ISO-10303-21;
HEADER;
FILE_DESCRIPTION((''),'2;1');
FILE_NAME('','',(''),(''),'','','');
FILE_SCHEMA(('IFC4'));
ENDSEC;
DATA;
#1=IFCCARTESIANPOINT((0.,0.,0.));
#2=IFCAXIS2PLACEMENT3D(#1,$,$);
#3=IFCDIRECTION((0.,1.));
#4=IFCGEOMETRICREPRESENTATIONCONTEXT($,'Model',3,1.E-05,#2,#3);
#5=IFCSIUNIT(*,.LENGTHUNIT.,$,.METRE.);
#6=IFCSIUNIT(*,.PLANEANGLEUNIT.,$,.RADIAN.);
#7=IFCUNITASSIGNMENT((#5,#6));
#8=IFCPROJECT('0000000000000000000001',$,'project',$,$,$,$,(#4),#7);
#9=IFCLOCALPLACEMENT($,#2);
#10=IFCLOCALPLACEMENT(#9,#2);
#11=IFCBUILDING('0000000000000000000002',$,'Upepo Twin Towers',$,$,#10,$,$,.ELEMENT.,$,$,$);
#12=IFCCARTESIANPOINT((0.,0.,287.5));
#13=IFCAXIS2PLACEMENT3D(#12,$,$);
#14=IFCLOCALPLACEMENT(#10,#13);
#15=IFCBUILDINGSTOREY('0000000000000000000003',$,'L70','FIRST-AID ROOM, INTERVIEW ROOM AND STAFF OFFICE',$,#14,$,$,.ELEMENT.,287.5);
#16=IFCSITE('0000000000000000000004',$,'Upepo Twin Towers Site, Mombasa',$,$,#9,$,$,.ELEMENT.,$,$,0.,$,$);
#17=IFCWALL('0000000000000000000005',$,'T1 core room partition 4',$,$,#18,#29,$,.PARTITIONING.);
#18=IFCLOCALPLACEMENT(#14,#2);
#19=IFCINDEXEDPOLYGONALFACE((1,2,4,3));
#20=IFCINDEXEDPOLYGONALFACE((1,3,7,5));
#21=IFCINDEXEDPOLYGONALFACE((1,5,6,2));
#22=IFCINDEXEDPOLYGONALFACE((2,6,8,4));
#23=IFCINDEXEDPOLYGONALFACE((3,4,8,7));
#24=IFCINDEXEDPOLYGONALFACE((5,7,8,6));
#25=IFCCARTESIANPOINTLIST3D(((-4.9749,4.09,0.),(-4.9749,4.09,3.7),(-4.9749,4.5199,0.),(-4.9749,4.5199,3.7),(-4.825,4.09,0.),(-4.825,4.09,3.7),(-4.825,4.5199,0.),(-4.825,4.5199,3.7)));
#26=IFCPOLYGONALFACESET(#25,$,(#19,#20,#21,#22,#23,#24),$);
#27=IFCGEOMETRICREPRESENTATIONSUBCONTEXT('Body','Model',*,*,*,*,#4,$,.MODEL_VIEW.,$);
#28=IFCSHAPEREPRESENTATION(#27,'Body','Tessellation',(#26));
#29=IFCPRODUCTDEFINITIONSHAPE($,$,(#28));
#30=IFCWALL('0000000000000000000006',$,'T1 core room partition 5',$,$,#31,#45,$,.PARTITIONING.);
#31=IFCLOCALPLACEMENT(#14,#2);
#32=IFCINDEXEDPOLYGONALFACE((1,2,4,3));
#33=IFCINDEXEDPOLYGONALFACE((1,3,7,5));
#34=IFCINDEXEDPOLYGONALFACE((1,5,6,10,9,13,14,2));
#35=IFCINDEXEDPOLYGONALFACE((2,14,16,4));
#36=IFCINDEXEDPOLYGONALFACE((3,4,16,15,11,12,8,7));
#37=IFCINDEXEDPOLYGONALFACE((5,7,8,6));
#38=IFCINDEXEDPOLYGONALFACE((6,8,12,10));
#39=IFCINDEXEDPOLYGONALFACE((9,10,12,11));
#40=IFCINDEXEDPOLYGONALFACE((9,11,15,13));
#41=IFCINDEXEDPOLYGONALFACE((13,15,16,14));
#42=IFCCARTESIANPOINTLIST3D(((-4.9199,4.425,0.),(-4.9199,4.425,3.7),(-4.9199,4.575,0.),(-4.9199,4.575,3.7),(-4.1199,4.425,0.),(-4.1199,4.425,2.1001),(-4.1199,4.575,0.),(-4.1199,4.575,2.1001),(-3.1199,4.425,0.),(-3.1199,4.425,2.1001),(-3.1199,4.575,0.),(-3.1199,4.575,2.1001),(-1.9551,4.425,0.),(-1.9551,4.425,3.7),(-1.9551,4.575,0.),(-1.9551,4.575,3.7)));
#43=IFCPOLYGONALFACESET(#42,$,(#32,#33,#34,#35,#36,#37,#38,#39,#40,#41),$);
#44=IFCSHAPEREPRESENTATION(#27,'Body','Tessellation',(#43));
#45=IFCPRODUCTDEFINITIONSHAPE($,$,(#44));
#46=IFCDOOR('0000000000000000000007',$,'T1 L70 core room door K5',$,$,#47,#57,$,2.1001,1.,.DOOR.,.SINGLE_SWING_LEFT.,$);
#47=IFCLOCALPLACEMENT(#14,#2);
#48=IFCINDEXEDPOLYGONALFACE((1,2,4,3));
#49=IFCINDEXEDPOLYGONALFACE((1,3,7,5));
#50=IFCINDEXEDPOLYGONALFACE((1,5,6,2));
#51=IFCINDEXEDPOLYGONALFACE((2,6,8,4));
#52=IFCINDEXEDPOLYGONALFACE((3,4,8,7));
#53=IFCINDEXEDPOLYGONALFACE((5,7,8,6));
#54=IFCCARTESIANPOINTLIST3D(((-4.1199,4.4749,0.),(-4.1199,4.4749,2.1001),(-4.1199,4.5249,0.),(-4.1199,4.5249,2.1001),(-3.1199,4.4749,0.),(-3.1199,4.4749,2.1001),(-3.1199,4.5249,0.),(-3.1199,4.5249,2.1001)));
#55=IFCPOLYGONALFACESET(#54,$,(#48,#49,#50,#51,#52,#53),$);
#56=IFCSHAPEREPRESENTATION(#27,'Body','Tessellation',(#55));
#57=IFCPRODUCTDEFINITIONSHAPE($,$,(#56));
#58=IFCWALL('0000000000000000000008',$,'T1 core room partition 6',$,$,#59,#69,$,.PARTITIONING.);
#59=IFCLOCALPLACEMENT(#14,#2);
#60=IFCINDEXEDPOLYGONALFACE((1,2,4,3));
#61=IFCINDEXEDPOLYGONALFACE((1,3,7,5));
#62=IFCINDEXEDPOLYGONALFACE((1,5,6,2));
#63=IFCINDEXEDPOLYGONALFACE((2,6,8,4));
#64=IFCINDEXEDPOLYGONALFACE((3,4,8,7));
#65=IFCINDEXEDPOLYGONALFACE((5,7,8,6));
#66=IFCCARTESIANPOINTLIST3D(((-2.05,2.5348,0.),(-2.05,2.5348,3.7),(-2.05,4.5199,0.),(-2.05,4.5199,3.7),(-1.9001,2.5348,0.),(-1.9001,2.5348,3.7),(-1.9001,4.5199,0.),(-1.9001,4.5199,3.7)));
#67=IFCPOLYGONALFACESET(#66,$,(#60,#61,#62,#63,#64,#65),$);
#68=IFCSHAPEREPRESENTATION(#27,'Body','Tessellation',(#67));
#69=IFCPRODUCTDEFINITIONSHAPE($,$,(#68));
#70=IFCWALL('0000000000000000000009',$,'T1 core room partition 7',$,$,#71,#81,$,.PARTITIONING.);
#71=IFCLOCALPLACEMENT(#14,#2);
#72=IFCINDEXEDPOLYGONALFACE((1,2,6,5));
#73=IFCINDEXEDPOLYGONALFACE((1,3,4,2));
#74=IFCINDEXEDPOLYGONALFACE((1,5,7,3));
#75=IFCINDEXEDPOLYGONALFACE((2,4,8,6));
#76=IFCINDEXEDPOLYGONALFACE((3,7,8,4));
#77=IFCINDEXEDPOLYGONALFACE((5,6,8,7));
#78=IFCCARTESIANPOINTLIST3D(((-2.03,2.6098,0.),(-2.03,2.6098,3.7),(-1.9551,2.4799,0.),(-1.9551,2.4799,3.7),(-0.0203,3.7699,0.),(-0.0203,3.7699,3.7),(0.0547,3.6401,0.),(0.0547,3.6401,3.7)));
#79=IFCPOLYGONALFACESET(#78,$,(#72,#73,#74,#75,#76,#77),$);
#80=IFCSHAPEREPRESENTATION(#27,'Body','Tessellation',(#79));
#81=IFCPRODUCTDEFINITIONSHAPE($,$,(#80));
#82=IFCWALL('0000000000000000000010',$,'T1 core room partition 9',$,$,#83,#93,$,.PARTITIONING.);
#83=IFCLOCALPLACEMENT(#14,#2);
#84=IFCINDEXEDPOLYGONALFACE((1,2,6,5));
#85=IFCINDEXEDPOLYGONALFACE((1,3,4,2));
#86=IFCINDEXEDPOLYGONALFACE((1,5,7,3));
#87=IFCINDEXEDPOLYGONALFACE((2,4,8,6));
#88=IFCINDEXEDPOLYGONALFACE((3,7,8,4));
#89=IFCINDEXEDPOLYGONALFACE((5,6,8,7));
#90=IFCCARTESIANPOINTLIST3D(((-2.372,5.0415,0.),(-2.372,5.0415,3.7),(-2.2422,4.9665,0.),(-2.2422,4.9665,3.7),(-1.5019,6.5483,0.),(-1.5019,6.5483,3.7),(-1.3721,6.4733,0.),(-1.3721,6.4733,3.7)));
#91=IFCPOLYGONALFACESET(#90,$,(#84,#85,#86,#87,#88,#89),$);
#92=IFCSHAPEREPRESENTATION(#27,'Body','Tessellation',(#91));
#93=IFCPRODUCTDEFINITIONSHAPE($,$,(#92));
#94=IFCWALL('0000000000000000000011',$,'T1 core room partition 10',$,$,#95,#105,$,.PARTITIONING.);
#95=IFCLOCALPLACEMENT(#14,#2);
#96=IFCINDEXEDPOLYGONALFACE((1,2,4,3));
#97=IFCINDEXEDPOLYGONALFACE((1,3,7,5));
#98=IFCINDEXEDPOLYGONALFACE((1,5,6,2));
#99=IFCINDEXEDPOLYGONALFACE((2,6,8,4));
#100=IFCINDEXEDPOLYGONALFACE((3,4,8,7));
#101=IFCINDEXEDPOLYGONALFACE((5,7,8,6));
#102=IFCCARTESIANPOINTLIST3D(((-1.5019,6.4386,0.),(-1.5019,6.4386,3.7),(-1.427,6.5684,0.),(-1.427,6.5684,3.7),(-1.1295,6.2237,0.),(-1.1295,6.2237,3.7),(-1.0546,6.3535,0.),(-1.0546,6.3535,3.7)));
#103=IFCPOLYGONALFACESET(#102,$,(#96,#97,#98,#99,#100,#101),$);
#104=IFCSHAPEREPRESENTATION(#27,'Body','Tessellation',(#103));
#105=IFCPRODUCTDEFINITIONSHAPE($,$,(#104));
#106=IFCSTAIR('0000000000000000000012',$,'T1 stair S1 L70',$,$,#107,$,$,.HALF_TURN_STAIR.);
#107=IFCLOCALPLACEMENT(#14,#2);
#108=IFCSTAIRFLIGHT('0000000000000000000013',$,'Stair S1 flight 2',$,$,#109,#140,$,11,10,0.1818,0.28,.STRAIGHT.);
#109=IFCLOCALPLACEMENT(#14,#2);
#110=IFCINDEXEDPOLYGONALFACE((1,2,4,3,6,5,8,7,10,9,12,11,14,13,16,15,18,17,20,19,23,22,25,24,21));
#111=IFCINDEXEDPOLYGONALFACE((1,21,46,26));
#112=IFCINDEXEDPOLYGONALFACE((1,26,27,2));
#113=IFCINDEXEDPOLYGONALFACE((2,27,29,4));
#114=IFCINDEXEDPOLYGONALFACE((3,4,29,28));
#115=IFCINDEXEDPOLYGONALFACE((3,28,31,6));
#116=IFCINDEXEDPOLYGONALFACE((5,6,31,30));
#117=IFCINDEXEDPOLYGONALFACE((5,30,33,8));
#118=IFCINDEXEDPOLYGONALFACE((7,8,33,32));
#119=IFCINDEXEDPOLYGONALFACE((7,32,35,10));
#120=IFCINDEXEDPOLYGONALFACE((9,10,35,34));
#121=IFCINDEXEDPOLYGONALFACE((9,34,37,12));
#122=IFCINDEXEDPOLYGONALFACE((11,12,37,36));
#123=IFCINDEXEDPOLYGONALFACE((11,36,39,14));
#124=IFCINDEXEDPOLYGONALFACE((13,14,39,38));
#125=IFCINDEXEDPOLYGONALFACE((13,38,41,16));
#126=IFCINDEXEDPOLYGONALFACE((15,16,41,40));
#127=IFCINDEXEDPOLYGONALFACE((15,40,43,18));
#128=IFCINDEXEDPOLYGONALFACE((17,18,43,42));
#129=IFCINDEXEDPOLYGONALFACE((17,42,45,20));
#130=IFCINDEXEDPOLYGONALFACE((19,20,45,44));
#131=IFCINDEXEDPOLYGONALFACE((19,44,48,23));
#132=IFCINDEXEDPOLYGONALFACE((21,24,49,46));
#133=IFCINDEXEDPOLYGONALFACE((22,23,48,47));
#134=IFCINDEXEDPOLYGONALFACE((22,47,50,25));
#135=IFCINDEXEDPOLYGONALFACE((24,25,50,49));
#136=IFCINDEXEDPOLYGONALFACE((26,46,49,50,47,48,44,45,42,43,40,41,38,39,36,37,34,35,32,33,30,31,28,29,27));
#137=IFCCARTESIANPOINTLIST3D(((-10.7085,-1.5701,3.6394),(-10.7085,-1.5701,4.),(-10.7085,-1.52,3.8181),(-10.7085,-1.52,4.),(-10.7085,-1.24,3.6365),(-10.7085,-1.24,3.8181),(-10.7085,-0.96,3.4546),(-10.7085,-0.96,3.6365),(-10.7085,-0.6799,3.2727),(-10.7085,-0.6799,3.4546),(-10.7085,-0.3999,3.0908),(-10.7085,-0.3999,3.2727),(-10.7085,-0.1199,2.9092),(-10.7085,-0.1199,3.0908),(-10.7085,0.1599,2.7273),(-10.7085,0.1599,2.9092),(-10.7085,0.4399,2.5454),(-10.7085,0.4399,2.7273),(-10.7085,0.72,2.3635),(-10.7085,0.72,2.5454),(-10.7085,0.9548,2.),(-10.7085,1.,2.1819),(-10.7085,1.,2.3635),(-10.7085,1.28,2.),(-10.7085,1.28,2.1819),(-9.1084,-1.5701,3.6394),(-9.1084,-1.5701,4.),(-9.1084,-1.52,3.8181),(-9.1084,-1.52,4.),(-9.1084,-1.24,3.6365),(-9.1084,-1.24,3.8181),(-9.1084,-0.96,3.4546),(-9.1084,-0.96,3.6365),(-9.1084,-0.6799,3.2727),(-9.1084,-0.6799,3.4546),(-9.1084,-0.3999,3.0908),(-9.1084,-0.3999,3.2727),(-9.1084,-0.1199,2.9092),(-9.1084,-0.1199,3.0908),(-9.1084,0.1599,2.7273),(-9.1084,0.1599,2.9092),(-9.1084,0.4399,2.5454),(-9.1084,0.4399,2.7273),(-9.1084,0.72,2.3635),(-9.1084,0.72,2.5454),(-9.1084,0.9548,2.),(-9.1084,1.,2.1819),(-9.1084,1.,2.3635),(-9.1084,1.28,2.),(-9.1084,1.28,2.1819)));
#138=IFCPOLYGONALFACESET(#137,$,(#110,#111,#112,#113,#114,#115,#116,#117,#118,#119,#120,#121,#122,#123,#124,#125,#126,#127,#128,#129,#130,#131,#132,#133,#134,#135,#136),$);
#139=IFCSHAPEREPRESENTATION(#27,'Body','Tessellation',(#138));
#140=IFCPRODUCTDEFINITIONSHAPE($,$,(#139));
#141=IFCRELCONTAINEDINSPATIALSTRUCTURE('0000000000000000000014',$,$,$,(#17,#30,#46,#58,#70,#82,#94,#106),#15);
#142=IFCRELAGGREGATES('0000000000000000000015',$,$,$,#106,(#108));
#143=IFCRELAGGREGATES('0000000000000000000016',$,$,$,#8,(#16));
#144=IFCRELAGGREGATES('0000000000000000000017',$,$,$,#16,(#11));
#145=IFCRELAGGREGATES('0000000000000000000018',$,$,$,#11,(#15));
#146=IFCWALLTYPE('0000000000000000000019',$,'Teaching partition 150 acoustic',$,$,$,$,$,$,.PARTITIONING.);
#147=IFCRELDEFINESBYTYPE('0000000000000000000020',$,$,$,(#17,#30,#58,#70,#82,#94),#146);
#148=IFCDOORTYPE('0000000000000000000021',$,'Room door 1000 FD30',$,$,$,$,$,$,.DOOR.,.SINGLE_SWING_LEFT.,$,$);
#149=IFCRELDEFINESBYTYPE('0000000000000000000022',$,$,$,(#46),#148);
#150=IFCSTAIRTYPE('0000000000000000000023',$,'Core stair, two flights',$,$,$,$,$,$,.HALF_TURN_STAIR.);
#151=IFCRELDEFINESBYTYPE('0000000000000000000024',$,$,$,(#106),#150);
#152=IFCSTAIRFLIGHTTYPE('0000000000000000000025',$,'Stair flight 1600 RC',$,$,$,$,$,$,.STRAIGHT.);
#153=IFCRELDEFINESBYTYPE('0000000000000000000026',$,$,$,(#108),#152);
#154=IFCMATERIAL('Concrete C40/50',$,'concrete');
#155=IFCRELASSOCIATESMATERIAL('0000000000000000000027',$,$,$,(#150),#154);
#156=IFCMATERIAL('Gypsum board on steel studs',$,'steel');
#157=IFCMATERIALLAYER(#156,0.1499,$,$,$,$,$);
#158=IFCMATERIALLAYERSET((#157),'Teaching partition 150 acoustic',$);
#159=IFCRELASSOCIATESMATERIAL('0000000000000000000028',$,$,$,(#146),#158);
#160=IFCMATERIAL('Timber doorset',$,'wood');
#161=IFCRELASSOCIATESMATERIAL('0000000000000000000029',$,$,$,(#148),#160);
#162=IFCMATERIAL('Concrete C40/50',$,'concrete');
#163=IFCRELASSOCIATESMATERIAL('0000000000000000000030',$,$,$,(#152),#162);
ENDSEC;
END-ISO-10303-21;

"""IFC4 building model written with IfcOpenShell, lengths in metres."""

from ifc_helpers import new_model, si_unit, direction, frame, frame_2d, origin, place, context, subcontext, project, spatial, polyline, rectangle, outline, extrude, material, layer, layer_set, type_object, element, fill, aggregate, save


model = new_model("IFC4")

# Units and contexts
model_context = context("Model", 3, precision=1e-05, world=origin(), true_north=direction((0.0, 1.0)))
body_context = subcontext(model_context, "Body", "Model", "MODEL_VIEW")
ifc_project = project(units=[si_unit("LENGTHUNIT", "METRE"), si_unit("PLANEANGLEUNIT", "RADIAN")], contexts=[model_context])

# Site, building, storey
site_placement = place(None, origin())
site = spatial("IfcSite", under=ifc_project, at=site_placement, Name="Upepo Twin Towers Site, Mombasa", CompositionType="ELEMENT", RefElevation=0.0)
building_placement = place(site_placement, origin())
building = spatial("IfcBuilding", under=site, at=building_placement, Name="Upepo Twin Towers", CompositionType="ELEMENT")
storey_placement = place(building_placement, frame((0.0, 0.0, 287.5)))
storey = spatial("IfcBuildingStorey", under=building, at=storey_placement, Name="L70", Description="FIRST-AID ROOM, INTERVIEW ROOM AND STAFF OFFICE", CompositionType="ELEMENT", Elevation=287.5)

# Shared definitions
ifc_material_1 = material(Name="Concrete C40/50", Category="concrete")
stair_type = type_object("IfcStairType", Name="Core stair, two flights", PredefinedType="HALF_TURN_STAIR", material=ifc_material_1)

# Wall
ifc_material_2 = material(Name="Gypsum board on steel studs", Category="steel")
ifc_layer_1 = layer(ifc_material_2, 0.1499)
ifc_layer_set_1 = layer_set([ifc_layer_1], Name="Teaching partition 150 acoustic")
wall_type_1 = type_object("IfcWallType", Name="Teaching partition 150 acoustic", PredefinedType="PARTITIONING", material=ifc_layer_set_1)
wall_1_placement = place(storey_placement, frame((-4.8999, 4.0901, 0.0), z_axis=(0.0, 0.0, 1.0), x_axis=(0.0, 1.0, 0.0)))
element("IfcWall", 1, at=wall_1_placement, inside=storey, type_object=wall_type_1, Name="T1 core room partition 4", PredefinedType="PARTITIONING", context=body_context, shape_type="SweptSolid", body=[
    extrude(rectangle(XDim=0.4299, YDim=0.1499, at=frame_2d((0.2148, 0.0))), origin(), (0.0, 0.0, 1.0), 3.7),
])

# Wall, opening, door
wall_2_placement = place(storey_placement, frame((-4.9199, 4.5, 0.0), z_axis=(0.0, 0.0, 1.0), x_axis=(1.0, 0.0, 0.0)))
wall_2 = element("IfcWall", 2, at=wall_2_placement, inside=storey, type_object=wall_type_1, Name="T1 core room partition 5", PredefinedType="PARTITIONING", context=body_context, shape_type="SweptSolid", body=[
    extrude(rectangle(XDim=2.9648, YDim=0.1499, at=frame_2d((1.4824, 0.0))), origin(), (0.0, 0.0, 1.0), 3.7),
])
opening_1_placement = place(wall_2_placement, frame((0.8, 0.0, 0.0)))
opening_1 = element("IfcOpeningElement", 3, at=opening_1_placement, cuts=wall_2, PredefinedType="OPENING", context=body_context, shape_type="SweptSolid", body=[
    extrude(rectangle(XDim=1.0, YDim=2.1001, at=frame_2d((0.5, 1.05))), frame((0.0, 0.085, 0.0), z_axis=(0.0, -1.0, 0.0), x_axis=(1.0, 0.0, 0.0)), (0.0, 0.0, 1.0), 0.1699),
])
ifc_material_3 = material(Name="Timber doorset", Category="wood")
door_type_1 = type_object("IfcDoorType", Name="Room door 1000 FD30", OperationType="SINGLE_SWING_LEFT", PredefinedType="DOOR", material=ifc_material_3)
door_1_placement = place(opening_1_placement, origin())
door_1 = element("IfcDoor", 4, at=door_1_placement, inside=storey, type_object=door_type_1, Name="T1 L70 core room door K5", OperationType="SINGLE_SWING_LEFT", OverallHeight=2.1001, OverallWidth=1.0, PredefinedType="DOOR", context=body_context, shape_type="SweptSolid", body=[
    extrude(rectangle(XDim=1.0, YDim=2.1001, at=frame_2d((0.5, 1.05))), frame((0.0, 0.0249, 0.0), z_axis=(0.0, -1.0, 0.0), x_axis=(1.0, 0.0, 0.0)), (0.0, 0.0, 1.0), 0.05),
])
fill(opening_1, door_1)

# Walls
wall_3_placement = place(storey_placement, frame((-1.9751, 4.52, 0.0), z_axis=(0.0, 0.0, 1.0), x_axis=(0.0, -1.0, 0.0)))
element("IfcWall", 5, at=wall_3_placement, inside=storey, type_object=wall_type_1, Name="T1 core room partition 6", PredefinedType="PARTITIONING", context=body_context, shape_type="SweptSolid", body=[
    extrude(rectangle(XDim=1.9851, YDim=0.1499, at=frame_2d((0.9927, 0.0))), origin(), (0.0, 0.0, 1.0), 3.7),
])
wall_4_placement = place(storey_placement, frame((-1.9924, 2.5449, 0.0), z_axis=(0.0, 0.0, 1.0), x_axis=(0.866059, 0.499941, 0.0)))
element("IfcWall", 6, at=wall_4_placement, inside=storey, type_object=wall_type_1, Name="T1 core room partition 7", PredefinedType="PARTITIONING", context=body_context, shape_type="SweptSolid", body=[
    extrude(rectangle(XDim=2.3206, YDim=0.1499, at=frame_2d((1.1602, 0.0))), origin(), (0.0, 0.0, 1.0), 3.7),
])
wall_5_placement = place(storey_placement, frame((-2.3071, 5.0039, 0.0), z_axis=(0.0, 0.0, 1.0), x_axis=(0.500063, 0.865989, 0.0)))
element("IfcWall", 7, at=wall_5_placement, inside=storey, type_object=wall_type_1, Name="T1 core room partition 9", PredefinedType="PARTITIONING", context=body_context, shape_type="SweptSolid", body=[
    extrude(rectangle(XDim=1.74, YDim=0.1499, at=frame_2d((0.8701, 0.0))), origin(), (0.0, 0.0, 1.0), 3.7),
])
wall_6_placement = place(storey_placement, frame((-1.4644, 6.5034, 0.0), z_axis=(0.0, 0.0, 1.0), x_axis=(0.866138, -0.499804, 0.0)))
element("IfcWall", 8, at=wall_6_placement, inside=storey, type_object=wall_type_1, Name="T1 core room partition 10", PredefinedType="PARTITIONING", context=body_context, shape_type="SweptSolid", body=[
    extrude(rectangle(XDim=0.4299, YDim=0.1499, at=frame_2d((0.2148, 0.0))), origin(), (0.0, 0.0, 1.0), 3.7),
])

# Stair, stair flight
stair_1_placement = place(storey_placement, origin())
stair_1 = element("IfcStair", 9, at=stair_1_placement, inside=storey, type_object=stair_type, Name="T1 stair S1 L70", PredefinedType="HALF_TURN_STAIR")
ifc_material_4 = material(Name="Concrete C40/50", Category="concrete")
stair_flight_type = type_object("IfcStairFlightType", Name="Stair flight 1600 RC", PredefinedType="STRAIGHT", material=ifc_material_4)
stair_flight_placement = place(storey_placement, frame((-9.9084, 1.28, 2.0), z_axis=(0.0, 0.0, 1.0), x_axis=(0.0, -1.0, 0.0)))
stair_flight = element("IfcStairFlight", 10, at=stair_flight_placement, type_object=stair_flight_type, Name="Stair S1 flight 2", NumberOfRisers=11, NumberOfTreads=10, PredefinedType="STRAIGHT", RiserHeight=0.1818, TreadLength=0.28, context=body_context, shape_type="SweptSolid", body=[
    extrude(outline(polyline([(0.0, 0.0), (0.0, 0.1819), (0.28, 0.1819), (0.28, 0.3635), (0.5601, 0.3635), (0.5601, 0.5454), (0.8401, 0.5454), (0.8401, 0.7273), (1.1201, 0.7273), (1.1201, 0.9092), (1.3999, 0.9092), (1.3999, 1.0908), (1.6799, 1.0908), (1.6799, 1.2727), (1.96, 1.2727), (1.96, 1.4546), (2.24, 1.4546), (2.24, 1.6365), (2.52, 1.6365), (2.52, 1.8181), (2.8, 1.8181), (2.8, 2.0), (2.8501, 2.0), (2.8501, 1.6394), (0.3252, 0.0), (0.0, 0.0)])), frame((0.0, 0.8, 0.0), z_axis=(0.0, -1.0, 0.0), x_axis=(1.0, 0.0, 0.0)), (0.0, 0.0, 1.0), 1.6001),
])
aggregate(stair_1, [stair_flight])

save(model, "model.ifc")
